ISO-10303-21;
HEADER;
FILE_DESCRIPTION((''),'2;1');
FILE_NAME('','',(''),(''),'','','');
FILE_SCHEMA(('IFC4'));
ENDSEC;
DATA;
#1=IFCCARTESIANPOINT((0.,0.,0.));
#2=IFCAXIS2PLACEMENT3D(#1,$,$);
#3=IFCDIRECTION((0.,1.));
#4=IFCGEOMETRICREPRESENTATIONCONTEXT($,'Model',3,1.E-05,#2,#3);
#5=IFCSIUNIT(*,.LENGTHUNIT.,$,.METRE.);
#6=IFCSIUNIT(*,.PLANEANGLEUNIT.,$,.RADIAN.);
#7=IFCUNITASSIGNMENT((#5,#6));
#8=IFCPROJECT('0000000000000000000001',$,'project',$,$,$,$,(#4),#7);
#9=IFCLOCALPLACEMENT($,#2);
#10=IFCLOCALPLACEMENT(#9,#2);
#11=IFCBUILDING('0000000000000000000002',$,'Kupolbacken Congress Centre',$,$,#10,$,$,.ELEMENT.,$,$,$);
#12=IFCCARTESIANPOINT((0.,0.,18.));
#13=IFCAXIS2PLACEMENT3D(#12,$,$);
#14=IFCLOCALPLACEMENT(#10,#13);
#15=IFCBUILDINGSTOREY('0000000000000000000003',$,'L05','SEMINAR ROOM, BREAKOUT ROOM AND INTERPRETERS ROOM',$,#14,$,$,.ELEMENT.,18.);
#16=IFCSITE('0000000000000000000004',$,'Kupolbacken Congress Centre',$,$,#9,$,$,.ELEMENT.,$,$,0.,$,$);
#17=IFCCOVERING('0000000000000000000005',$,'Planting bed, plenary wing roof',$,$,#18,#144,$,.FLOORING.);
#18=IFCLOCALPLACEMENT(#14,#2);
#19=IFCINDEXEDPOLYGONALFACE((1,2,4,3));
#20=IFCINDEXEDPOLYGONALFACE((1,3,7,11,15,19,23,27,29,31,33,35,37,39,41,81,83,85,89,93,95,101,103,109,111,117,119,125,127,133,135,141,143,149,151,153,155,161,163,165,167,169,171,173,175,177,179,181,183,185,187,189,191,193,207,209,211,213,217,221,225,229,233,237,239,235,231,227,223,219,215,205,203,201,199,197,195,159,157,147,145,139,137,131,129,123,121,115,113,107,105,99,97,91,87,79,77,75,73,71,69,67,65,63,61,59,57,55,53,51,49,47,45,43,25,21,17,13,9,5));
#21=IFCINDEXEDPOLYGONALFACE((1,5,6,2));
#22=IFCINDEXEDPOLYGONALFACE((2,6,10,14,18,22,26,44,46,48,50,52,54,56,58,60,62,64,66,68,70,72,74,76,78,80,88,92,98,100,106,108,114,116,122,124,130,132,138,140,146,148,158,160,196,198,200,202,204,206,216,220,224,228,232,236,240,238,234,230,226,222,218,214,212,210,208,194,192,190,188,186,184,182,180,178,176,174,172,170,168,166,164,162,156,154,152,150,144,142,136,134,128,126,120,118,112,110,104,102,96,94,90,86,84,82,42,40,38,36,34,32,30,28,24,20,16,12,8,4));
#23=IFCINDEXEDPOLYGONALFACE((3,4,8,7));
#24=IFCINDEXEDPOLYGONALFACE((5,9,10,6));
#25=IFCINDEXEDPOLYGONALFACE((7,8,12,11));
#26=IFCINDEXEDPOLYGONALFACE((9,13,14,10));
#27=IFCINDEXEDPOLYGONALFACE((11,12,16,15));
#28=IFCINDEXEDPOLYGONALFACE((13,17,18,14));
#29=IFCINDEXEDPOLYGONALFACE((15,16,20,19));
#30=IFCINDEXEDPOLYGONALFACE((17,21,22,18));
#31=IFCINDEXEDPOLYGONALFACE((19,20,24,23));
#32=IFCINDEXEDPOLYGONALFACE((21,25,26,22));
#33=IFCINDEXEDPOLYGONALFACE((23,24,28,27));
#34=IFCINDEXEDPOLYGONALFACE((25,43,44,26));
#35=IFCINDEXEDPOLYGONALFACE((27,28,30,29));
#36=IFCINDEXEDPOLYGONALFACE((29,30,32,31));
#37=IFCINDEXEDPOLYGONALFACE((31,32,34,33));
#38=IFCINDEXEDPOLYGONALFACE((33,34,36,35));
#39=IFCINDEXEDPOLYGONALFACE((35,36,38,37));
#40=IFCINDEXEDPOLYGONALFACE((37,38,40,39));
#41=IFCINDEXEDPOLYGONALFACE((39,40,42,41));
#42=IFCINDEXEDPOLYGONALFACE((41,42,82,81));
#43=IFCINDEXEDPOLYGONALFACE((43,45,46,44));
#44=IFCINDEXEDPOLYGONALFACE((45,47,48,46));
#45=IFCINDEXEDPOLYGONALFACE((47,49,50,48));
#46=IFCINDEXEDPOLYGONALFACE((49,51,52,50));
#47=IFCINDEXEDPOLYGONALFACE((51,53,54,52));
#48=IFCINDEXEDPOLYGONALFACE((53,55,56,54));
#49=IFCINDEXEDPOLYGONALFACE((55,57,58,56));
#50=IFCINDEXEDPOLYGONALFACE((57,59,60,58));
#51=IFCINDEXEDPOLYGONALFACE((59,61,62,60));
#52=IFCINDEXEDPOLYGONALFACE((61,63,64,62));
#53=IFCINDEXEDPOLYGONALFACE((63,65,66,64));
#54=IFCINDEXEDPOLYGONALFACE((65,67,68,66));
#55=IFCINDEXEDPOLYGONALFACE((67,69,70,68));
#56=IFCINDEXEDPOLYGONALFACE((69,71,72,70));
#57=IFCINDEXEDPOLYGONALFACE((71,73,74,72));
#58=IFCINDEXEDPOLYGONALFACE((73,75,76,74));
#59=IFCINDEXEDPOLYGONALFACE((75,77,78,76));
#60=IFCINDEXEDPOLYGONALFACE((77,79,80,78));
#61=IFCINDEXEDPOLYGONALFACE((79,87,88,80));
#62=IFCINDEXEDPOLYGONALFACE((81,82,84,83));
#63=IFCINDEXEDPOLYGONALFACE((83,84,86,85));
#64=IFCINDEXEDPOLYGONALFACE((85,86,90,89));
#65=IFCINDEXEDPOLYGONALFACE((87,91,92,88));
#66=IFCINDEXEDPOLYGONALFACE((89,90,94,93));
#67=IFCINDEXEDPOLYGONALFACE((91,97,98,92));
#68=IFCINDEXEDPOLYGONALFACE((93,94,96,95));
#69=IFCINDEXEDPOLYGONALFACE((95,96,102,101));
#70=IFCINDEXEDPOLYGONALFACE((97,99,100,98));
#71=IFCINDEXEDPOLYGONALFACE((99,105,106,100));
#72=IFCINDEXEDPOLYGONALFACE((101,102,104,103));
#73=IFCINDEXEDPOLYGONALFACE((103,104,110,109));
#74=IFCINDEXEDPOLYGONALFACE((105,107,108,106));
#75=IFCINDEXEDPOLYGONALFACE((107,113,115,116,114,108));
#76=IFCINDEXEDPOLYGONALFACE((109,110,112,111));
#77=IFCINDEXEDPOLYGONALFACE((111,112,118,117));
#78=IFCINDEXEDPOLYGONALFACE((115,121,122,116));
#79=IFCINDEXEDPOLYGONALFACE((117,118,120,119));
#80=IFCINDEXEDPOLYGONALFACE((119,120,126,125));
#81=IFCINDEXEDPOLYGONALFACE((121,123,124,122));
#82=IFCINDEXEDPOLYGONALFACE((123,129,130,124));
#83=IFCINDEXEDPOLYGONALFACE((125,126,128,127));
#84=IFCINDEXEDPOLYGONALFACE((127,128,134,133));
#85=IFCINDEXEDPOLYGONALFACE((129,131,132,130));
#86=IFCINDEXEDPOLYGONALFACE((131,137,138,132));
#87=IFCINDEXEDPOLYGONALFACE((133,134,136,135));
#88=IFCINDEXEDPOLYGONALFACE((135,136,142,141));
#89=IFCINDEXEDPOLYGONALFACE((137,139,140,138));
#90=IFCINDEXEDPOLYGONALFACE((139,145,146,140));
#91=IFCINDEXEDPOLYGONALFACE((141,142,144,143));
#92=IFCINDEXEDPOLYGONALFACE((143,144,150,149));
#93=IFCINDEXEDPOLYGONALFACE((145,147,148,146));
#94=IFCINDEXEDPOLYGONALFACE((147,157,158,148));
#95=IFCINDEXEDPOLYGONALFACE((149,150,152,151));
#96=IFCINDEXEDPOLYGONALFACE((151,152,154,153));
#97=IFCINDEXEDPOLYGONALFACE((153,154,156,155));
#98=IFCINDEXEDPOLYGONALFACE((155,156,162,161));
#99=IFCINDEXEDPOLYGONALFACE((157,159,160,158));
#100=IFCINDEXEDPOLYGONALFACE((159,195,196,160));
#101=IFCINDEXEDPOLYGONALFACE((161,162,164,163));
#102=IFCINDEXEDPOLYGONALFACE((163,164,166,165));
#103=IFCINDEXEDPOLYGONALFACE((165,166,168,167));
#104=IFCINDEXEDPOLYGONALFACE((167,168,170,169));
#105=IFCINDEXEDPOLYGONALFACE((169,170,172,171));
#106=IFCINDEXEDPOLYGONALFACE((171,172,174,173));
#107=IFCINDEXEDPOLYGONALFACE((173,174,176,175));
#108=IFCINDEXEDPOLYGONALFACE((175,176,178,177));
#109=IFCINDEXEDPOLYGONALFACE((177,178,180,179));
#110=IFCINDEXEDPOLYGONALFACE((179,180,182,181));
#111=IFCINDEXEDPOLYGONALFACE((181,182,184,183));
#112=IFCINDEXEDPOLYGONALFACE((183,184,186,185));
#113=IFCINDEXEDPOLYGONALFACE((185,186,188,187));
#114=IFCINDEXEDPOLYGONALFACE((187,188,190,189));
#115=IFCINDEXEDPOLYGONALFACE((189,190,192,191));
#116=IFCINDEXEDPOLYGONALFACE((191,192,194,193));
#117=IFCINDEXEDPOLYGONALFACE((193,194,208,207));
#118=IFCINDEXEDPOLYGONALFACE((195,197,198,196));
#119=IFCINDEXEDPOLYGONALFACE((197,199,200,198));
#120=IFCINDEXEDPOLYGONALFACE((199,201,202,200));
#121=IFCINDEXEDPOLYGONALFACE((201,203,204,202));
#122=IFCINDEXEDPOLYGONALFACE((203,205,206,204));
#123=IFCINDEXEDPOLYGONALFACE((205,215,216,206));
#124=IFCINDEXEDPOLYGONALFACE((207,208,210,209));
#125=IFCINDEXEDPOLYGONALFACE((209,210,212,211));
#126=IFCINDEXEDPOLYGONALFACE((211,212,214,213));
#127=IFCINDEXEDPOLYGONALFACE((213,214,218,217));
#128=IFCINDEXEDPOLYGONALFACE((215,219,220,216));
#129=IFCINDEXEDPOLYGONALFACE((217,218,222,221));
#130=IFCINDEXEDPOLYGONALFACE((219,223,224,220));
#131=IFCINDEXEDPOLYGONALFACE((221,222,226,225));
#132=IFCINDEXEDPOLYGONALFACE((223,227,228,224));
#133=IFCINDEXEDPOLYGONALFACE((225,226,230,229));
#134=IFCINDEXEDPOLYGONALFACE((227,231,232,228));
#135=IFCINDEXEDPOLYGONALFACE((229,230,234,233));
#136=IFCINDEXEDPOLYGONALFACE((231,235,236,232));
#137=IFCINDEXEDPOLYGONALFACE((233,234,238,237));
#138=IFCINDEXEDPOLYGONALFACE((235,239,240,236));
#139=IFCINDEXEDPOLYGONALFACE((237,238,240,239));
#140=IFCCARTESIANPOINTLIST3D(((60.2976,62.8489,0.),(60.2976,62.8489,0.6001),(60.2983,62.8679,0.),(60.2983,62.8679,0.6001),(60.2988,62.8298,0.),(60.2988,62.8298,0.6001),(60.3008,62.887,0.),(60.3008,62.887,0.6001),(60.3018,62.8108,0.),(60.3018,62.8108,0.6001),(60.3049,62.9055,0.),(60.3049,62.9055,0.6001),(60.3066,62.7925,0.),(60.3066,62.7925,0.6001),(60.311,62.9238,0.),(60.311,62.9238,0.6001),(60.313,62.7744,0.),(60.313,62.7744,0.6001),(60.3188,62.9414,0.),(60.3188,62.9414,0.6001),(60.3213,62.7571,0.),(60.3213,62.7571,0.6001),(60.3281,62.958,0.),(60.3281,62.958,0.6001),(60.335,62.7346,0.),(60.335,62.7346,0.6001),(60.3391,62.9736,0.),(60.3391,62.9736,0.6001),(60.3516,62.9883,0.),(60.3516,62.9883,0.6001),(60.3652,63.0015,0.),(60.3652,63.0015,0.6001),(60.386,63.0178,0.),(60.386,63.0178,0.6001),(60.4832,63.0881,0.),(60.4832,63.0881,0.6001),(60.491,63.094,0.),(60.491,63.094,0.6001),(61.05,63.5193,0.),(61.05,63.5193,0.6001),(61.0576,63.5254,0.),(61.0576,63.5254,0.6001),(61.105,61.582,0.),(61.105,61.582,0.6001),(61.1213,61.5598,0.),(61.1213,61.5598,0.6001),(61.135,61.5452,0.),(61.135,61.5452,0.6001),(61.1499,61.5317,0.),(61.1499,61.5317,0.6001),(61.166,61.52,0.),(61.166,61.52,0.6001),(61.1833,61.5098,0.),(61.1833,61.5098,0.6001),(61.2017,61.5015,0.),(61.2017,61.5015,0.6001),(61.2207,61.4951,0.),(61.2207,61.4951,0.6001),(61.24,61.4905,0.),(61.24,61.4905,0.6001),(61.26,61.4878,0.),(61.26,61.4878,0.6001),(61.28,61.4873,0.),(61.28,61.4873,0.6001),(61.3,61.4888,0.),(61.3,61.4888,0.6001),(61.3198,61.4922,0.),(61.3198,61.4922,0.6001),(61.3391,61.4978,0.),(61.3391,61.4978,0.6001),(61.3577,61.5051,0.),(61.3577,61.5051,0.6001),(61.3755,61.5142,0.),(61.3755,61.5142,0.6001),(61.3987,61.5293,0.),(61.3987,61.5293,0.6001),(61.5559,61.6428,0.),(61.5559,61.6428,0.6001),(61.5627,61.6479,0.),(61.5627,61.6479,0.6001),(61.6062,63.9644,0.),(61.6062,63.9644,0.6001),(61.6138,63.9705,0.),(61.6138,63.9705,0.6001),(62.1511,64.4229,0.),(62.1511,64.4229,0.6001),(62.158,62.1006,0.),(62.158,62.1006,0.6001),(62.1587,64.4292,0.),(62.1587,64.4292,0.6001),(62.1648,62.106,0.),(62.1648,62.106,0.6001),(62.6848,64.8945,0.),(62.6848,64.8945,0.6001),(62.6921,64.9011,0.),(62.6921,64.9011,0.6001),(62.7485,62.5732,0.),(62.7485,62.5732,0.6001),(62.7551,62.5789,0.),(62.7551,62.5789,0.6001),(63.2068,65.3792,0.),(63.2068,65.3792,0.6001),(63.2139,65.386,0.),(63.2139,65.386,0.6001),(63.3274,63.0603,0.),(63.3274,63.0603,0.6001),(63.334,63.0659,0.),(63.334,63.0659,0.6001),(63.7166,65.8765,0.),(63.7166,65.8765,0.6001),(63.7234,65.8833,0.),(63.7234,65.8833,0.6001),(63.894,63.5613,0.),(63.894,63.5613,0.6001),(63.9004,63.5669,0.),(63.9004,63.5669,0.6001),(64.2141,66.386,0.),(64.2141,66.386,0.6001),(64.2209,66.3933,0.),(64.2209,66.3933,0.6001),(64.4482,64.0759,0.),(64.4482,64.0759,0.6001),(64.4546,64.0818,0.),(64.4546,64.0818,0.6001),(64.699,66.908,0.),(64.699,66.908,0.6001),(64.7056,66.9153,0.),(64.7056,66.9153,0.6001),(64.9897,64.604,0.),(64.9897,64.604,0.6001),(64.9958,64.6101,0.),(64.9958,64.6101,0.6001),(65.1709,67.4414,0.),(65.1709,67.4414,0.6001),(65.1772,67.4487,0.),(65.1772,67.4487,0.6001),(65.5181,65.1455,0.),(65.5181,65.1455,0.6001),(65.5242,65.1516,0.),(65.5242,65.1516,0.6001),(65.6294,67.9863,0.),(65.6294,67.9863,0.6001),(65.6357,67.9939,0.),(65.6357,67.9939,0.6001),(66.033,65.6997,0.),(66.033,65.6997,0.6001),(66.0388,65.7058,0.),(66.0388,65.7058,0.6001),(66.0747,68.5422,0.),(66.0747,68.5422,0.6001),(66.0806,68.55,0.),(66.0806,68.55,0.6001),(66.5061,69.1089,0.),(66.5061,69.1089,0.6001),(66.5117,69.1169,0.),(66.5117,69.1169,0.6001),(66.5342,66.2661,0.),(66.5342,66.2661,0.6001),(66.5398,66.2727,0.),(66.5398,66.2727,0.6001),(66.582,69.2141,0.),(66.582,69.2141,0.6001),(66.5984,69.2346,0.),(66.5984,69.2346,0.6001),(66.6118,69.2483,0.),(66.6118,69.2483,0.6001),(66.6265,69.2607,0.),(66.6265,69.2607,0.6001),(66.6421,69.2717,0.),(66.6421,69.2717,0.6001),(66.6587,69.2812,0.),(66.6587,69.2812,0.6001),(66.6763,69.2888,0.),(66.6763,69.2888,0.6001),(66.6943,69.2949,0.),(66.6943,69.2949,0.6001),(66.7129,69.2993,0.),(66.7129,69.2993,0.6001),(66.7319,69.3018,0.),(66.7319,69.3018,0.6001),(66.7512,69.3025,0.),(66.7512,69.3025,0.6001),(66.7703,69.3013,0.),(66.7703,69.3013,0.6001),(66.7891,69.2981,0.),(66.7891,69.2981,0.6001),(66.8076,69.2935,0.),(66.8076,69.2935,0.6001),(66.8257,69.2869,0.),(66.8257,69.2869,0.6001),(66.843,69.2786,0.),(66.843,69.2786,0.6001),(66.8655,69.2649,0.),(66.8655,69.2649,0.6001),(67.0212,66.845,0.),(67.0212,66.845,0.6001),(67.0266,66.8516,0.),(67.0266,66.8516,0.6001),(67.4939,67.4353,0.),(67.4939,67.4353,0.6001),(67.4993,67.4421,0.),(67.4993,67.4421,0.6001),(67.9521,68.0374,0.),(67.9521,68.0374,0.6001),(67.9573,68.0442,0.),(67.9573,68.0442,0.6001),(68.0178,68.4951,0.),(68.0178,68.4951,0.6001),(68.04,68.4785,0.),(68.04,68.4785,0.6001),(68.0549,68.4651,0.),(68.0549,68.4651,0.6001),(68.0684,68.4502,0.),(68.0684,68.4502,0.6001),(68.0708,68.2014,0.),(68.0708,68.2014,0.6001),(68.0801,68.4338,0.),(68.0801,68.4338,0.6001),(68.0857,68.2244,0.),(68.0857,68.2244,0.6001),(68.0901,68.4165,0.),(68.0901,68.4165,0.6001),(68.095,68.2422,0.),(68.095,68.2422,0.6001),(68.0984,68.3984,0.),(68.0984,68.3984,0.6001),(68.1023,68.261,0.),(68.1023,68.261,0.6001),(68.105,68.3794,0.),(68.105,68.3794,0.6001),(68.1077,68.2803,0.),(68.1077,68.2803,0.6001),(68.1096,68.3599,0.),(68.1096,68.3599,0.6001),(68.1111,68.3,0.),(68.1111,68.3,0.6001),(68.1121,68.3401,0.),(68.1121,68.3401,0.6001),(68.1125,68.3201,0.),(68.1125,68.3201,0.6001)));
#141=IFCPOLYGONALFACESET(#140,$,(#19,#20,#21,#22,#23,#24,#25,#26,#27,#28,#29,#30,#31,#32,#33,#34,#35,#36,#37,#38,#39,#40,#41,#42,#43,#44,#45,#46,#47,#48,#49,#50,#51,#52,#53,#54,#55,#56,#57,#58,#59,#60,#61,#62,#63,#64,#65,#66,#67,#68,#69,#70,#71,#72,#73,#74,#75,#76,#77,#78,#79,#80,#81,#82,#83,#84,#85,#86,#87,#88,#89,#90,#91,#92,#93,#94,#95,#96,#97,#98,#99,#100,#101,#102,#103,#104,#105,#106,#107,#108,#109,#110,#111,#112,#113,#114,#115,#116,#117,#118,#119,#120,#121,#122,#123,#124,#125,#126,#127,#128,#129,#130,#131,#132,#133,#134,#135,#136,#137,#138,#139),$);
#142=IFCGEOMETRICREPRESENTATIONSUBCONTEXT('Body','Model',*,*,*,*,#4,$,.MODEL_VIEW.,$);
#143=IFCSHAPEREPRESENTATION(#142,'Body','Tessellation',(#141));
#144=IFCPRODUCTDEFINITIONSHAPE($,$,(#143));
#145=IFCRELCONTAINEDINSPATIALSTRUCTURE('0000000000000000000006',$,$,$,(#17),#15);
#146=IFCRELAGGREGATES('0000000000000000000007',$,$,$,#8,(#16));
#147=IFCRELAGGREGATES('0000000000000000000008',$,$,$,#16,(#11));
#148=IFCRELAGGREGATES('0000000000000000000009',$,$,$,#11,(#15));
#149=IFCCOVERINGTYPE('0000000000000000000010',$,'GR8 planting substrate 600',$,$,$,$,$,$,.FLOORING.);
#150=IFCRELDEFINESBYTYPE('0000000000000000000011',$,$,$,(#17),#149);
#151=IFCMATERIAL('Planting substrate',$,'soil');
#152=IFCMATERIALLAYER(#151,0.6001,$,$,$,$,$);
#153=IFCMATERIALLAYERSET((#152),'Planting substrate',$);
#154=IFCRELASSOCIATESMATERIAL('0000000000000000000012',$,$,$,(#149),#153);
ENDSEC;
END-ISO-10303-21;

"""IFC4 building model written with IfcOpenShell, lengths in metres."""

from ifc_helpers import new_model, si_unit, direction, frame, origin, place, context, subcontext, project, spatial, polyline, outline, extrude, material, layer, layer_set, type_object, element, save


model = new_model("IFC4")

# Units and contexts
model_context = context("Model", 3, precision=1e-05, world=origin(), true_north=direction((0.0, 1.0)))
body_context = subcontext(model_context, "Body", "Model", "MODEL_VIEW")
ifc_project = project(units=[si_unit("LENGTHUNIT", "METRE"), si_unit("PLANEANGLEUNIT", "RADIAN")], contexts=[model_context])

# Site, building, storey
site_placement = place(None, origin())
site = spatial("IfcSite", under=ifc_project, at=site_placement, Name="Kupolbacken Congress Centre", CompositionType="ELEMENT", RefElevation=0.0)
building_placement = place(site_placement, origin())
building = spatial("IfcBuilding", under=site, at=building_placement, Name="Kupolbacken Congress Centre", CompositionType="ELEMENT")
storey_placement = place(building_placement, frame((0.0, 0.0, 18.0)))
storey = spatial("IfcBuildingStorey", under=building, at=storey_placement, Name="L05", Description="SEMINAR ROOM, BREAKOUT ROOM AND INTERPRETERS ROOM", CompositionType="ELEMENT", Elevation=18.0)

# Covering
ifc_material_1 = material(Name="Planting substrate", Category="soil")
ifc_layer_1 = layer(ifc_material_1, 0.6001)
ifc_layer_set_1 = layer_set([ifc_layer_1], Name="Planting substrate")
covering_type_1 = type_object("IfcCoveringType", Name="GR8 planting substrate 600", PredefinedType="FLOORING", material=ifc_layer_set_1)
covering_1_placement = place(storey_placement, origin())
element("IfcCovering", 1, at=covering_1_placement, inside=storey, type_object=covering_type_1, Name="Planting bed, plenary wing roof", PredefinedType="FLOORING", context=body_context, shape_type="SweptSolid", body=[
    extrude(outline(polyline([(60.4832, 63.0881), (60.491, 63.094), (61.05, 63.5193), (61.0576, 63.5254), (61.6062, 63.9644), (61.6138, 63.9705), (62.1511, 64.4229), (62.1587, 64.4292), (62.6848, 64.8945), (62.6921, 64.9011), (63.2068, 65.3792), (63.2139, 65.386), (63.7166, 65.8765), (63.7234, 65.8833), (64.2141, 66.386), (64.2209, 66.3933), (64.699, 66.908), (64.7056, 66.9153), (65.1709, 67.4414), (65.1772, 67.4487), (65.6294, 67.9863), (65.6357, 67.9939), (66.0747, 68.5422), (66.0806, 68.55), (66.5061, 69.1089), (66.5117, 69.1169), (66.582, 69.2141), (66.5984, 69.2346), (66.6118, 69.2483), (66.6265, 69.2607), (66.6421, 69.2717), (66.6587, 69.2812), (66.6763, 69.2888), (66.6943, 69.2949), (66.7129, 69.2993), (66.7319, 69.3018), (66.7512, 69.3025), (66.7703, 69.3013), (66.7891, 69.2981), (66.8076, 69.2935), (66.8257, 69.2869), (66.843, 69.2786), (66.8655, 69.2649), (68.0178, 68.4951), (68.04, 68.4785), (68.0549, 68.4651), (68.0684, 68.4502), (68.0801, 68.4338), (68.0901, 68.4165), (68.0984, 68.3984), (68.105, 68.3794), (68.1096, 68.3599), (68.1121, 68.3401), (68.1125, 68.3201), (68.1111, 68.3), (68.1077, 68.2803), (68.1023, 68.261), (68.095, 68.2422), (68.0857, 68.2244), (68.0708, 68.2014), (67.9573, 68.0442), (67.9521, 68.0374), (67.4993, 67.4421), (67.4939, 67.4353), (67.0266, 66.8516), (67.0212, 66.845), (66.5398, 66.2727), (66.5342, 66.2661), (66.0388, 65.7058), (66.033, 65.6997), (65.5242, 65.1516), (65.5181, 65.1455), (64.9958, 64.6101), (64.9897, 64.604), (64.4546, 64.0818), (64.4482, 64.0759), (63.9004, 63.5669), (63.894, 63.5613), (63.334, 63.0659), (63.3274, 63.0603), (62.7551, 62.5789), (62.7485, 62.5732), (62.1648, 62.106), (62.158, 62.1006), (61.5627, 61.6479), (61.5559, 61.6428), (61.3987, 61.5293), (61.3755, 61.5142), (61.3577, 61.5051), (61.3391, 61.4978), (61.3198, 61.4922), (61.3, 61.4888), (61.28, 61.4873), (61.26, 61.4878), (61.24, 61.4905), (61.2207, 61.4951), (61.2017, 61.5015), (61.1833, 61.5098), (61.166, 61.52), (61.1499, 61.5317), (61.135, 61.5452), (61.1213, 61.5598), (61.105, 61.582), (60.335, 62.7346), (60.3213, 62.7571), (60.313, 62.7744), (60.3066, 62.7925), (60.3018, 62.8108), (60.2988, 62.8298), (60.2976, 62.8489), (60.2983, 62.8679), (60.3008, 62.887), (60.3049, 62.9055), (60.311, 62.9238), (60.3188, 62.9414), (60.3281, 62.958), (60.3391, 62.9736), (60.3516, 62.9883), (60.3652, 63.0015), (60.386, 63.0178), (60.4832, 63.0881)])), origin(), (0.0, 0.0, 1.0), 0.6001),
])

save(model, "model.ifc")
